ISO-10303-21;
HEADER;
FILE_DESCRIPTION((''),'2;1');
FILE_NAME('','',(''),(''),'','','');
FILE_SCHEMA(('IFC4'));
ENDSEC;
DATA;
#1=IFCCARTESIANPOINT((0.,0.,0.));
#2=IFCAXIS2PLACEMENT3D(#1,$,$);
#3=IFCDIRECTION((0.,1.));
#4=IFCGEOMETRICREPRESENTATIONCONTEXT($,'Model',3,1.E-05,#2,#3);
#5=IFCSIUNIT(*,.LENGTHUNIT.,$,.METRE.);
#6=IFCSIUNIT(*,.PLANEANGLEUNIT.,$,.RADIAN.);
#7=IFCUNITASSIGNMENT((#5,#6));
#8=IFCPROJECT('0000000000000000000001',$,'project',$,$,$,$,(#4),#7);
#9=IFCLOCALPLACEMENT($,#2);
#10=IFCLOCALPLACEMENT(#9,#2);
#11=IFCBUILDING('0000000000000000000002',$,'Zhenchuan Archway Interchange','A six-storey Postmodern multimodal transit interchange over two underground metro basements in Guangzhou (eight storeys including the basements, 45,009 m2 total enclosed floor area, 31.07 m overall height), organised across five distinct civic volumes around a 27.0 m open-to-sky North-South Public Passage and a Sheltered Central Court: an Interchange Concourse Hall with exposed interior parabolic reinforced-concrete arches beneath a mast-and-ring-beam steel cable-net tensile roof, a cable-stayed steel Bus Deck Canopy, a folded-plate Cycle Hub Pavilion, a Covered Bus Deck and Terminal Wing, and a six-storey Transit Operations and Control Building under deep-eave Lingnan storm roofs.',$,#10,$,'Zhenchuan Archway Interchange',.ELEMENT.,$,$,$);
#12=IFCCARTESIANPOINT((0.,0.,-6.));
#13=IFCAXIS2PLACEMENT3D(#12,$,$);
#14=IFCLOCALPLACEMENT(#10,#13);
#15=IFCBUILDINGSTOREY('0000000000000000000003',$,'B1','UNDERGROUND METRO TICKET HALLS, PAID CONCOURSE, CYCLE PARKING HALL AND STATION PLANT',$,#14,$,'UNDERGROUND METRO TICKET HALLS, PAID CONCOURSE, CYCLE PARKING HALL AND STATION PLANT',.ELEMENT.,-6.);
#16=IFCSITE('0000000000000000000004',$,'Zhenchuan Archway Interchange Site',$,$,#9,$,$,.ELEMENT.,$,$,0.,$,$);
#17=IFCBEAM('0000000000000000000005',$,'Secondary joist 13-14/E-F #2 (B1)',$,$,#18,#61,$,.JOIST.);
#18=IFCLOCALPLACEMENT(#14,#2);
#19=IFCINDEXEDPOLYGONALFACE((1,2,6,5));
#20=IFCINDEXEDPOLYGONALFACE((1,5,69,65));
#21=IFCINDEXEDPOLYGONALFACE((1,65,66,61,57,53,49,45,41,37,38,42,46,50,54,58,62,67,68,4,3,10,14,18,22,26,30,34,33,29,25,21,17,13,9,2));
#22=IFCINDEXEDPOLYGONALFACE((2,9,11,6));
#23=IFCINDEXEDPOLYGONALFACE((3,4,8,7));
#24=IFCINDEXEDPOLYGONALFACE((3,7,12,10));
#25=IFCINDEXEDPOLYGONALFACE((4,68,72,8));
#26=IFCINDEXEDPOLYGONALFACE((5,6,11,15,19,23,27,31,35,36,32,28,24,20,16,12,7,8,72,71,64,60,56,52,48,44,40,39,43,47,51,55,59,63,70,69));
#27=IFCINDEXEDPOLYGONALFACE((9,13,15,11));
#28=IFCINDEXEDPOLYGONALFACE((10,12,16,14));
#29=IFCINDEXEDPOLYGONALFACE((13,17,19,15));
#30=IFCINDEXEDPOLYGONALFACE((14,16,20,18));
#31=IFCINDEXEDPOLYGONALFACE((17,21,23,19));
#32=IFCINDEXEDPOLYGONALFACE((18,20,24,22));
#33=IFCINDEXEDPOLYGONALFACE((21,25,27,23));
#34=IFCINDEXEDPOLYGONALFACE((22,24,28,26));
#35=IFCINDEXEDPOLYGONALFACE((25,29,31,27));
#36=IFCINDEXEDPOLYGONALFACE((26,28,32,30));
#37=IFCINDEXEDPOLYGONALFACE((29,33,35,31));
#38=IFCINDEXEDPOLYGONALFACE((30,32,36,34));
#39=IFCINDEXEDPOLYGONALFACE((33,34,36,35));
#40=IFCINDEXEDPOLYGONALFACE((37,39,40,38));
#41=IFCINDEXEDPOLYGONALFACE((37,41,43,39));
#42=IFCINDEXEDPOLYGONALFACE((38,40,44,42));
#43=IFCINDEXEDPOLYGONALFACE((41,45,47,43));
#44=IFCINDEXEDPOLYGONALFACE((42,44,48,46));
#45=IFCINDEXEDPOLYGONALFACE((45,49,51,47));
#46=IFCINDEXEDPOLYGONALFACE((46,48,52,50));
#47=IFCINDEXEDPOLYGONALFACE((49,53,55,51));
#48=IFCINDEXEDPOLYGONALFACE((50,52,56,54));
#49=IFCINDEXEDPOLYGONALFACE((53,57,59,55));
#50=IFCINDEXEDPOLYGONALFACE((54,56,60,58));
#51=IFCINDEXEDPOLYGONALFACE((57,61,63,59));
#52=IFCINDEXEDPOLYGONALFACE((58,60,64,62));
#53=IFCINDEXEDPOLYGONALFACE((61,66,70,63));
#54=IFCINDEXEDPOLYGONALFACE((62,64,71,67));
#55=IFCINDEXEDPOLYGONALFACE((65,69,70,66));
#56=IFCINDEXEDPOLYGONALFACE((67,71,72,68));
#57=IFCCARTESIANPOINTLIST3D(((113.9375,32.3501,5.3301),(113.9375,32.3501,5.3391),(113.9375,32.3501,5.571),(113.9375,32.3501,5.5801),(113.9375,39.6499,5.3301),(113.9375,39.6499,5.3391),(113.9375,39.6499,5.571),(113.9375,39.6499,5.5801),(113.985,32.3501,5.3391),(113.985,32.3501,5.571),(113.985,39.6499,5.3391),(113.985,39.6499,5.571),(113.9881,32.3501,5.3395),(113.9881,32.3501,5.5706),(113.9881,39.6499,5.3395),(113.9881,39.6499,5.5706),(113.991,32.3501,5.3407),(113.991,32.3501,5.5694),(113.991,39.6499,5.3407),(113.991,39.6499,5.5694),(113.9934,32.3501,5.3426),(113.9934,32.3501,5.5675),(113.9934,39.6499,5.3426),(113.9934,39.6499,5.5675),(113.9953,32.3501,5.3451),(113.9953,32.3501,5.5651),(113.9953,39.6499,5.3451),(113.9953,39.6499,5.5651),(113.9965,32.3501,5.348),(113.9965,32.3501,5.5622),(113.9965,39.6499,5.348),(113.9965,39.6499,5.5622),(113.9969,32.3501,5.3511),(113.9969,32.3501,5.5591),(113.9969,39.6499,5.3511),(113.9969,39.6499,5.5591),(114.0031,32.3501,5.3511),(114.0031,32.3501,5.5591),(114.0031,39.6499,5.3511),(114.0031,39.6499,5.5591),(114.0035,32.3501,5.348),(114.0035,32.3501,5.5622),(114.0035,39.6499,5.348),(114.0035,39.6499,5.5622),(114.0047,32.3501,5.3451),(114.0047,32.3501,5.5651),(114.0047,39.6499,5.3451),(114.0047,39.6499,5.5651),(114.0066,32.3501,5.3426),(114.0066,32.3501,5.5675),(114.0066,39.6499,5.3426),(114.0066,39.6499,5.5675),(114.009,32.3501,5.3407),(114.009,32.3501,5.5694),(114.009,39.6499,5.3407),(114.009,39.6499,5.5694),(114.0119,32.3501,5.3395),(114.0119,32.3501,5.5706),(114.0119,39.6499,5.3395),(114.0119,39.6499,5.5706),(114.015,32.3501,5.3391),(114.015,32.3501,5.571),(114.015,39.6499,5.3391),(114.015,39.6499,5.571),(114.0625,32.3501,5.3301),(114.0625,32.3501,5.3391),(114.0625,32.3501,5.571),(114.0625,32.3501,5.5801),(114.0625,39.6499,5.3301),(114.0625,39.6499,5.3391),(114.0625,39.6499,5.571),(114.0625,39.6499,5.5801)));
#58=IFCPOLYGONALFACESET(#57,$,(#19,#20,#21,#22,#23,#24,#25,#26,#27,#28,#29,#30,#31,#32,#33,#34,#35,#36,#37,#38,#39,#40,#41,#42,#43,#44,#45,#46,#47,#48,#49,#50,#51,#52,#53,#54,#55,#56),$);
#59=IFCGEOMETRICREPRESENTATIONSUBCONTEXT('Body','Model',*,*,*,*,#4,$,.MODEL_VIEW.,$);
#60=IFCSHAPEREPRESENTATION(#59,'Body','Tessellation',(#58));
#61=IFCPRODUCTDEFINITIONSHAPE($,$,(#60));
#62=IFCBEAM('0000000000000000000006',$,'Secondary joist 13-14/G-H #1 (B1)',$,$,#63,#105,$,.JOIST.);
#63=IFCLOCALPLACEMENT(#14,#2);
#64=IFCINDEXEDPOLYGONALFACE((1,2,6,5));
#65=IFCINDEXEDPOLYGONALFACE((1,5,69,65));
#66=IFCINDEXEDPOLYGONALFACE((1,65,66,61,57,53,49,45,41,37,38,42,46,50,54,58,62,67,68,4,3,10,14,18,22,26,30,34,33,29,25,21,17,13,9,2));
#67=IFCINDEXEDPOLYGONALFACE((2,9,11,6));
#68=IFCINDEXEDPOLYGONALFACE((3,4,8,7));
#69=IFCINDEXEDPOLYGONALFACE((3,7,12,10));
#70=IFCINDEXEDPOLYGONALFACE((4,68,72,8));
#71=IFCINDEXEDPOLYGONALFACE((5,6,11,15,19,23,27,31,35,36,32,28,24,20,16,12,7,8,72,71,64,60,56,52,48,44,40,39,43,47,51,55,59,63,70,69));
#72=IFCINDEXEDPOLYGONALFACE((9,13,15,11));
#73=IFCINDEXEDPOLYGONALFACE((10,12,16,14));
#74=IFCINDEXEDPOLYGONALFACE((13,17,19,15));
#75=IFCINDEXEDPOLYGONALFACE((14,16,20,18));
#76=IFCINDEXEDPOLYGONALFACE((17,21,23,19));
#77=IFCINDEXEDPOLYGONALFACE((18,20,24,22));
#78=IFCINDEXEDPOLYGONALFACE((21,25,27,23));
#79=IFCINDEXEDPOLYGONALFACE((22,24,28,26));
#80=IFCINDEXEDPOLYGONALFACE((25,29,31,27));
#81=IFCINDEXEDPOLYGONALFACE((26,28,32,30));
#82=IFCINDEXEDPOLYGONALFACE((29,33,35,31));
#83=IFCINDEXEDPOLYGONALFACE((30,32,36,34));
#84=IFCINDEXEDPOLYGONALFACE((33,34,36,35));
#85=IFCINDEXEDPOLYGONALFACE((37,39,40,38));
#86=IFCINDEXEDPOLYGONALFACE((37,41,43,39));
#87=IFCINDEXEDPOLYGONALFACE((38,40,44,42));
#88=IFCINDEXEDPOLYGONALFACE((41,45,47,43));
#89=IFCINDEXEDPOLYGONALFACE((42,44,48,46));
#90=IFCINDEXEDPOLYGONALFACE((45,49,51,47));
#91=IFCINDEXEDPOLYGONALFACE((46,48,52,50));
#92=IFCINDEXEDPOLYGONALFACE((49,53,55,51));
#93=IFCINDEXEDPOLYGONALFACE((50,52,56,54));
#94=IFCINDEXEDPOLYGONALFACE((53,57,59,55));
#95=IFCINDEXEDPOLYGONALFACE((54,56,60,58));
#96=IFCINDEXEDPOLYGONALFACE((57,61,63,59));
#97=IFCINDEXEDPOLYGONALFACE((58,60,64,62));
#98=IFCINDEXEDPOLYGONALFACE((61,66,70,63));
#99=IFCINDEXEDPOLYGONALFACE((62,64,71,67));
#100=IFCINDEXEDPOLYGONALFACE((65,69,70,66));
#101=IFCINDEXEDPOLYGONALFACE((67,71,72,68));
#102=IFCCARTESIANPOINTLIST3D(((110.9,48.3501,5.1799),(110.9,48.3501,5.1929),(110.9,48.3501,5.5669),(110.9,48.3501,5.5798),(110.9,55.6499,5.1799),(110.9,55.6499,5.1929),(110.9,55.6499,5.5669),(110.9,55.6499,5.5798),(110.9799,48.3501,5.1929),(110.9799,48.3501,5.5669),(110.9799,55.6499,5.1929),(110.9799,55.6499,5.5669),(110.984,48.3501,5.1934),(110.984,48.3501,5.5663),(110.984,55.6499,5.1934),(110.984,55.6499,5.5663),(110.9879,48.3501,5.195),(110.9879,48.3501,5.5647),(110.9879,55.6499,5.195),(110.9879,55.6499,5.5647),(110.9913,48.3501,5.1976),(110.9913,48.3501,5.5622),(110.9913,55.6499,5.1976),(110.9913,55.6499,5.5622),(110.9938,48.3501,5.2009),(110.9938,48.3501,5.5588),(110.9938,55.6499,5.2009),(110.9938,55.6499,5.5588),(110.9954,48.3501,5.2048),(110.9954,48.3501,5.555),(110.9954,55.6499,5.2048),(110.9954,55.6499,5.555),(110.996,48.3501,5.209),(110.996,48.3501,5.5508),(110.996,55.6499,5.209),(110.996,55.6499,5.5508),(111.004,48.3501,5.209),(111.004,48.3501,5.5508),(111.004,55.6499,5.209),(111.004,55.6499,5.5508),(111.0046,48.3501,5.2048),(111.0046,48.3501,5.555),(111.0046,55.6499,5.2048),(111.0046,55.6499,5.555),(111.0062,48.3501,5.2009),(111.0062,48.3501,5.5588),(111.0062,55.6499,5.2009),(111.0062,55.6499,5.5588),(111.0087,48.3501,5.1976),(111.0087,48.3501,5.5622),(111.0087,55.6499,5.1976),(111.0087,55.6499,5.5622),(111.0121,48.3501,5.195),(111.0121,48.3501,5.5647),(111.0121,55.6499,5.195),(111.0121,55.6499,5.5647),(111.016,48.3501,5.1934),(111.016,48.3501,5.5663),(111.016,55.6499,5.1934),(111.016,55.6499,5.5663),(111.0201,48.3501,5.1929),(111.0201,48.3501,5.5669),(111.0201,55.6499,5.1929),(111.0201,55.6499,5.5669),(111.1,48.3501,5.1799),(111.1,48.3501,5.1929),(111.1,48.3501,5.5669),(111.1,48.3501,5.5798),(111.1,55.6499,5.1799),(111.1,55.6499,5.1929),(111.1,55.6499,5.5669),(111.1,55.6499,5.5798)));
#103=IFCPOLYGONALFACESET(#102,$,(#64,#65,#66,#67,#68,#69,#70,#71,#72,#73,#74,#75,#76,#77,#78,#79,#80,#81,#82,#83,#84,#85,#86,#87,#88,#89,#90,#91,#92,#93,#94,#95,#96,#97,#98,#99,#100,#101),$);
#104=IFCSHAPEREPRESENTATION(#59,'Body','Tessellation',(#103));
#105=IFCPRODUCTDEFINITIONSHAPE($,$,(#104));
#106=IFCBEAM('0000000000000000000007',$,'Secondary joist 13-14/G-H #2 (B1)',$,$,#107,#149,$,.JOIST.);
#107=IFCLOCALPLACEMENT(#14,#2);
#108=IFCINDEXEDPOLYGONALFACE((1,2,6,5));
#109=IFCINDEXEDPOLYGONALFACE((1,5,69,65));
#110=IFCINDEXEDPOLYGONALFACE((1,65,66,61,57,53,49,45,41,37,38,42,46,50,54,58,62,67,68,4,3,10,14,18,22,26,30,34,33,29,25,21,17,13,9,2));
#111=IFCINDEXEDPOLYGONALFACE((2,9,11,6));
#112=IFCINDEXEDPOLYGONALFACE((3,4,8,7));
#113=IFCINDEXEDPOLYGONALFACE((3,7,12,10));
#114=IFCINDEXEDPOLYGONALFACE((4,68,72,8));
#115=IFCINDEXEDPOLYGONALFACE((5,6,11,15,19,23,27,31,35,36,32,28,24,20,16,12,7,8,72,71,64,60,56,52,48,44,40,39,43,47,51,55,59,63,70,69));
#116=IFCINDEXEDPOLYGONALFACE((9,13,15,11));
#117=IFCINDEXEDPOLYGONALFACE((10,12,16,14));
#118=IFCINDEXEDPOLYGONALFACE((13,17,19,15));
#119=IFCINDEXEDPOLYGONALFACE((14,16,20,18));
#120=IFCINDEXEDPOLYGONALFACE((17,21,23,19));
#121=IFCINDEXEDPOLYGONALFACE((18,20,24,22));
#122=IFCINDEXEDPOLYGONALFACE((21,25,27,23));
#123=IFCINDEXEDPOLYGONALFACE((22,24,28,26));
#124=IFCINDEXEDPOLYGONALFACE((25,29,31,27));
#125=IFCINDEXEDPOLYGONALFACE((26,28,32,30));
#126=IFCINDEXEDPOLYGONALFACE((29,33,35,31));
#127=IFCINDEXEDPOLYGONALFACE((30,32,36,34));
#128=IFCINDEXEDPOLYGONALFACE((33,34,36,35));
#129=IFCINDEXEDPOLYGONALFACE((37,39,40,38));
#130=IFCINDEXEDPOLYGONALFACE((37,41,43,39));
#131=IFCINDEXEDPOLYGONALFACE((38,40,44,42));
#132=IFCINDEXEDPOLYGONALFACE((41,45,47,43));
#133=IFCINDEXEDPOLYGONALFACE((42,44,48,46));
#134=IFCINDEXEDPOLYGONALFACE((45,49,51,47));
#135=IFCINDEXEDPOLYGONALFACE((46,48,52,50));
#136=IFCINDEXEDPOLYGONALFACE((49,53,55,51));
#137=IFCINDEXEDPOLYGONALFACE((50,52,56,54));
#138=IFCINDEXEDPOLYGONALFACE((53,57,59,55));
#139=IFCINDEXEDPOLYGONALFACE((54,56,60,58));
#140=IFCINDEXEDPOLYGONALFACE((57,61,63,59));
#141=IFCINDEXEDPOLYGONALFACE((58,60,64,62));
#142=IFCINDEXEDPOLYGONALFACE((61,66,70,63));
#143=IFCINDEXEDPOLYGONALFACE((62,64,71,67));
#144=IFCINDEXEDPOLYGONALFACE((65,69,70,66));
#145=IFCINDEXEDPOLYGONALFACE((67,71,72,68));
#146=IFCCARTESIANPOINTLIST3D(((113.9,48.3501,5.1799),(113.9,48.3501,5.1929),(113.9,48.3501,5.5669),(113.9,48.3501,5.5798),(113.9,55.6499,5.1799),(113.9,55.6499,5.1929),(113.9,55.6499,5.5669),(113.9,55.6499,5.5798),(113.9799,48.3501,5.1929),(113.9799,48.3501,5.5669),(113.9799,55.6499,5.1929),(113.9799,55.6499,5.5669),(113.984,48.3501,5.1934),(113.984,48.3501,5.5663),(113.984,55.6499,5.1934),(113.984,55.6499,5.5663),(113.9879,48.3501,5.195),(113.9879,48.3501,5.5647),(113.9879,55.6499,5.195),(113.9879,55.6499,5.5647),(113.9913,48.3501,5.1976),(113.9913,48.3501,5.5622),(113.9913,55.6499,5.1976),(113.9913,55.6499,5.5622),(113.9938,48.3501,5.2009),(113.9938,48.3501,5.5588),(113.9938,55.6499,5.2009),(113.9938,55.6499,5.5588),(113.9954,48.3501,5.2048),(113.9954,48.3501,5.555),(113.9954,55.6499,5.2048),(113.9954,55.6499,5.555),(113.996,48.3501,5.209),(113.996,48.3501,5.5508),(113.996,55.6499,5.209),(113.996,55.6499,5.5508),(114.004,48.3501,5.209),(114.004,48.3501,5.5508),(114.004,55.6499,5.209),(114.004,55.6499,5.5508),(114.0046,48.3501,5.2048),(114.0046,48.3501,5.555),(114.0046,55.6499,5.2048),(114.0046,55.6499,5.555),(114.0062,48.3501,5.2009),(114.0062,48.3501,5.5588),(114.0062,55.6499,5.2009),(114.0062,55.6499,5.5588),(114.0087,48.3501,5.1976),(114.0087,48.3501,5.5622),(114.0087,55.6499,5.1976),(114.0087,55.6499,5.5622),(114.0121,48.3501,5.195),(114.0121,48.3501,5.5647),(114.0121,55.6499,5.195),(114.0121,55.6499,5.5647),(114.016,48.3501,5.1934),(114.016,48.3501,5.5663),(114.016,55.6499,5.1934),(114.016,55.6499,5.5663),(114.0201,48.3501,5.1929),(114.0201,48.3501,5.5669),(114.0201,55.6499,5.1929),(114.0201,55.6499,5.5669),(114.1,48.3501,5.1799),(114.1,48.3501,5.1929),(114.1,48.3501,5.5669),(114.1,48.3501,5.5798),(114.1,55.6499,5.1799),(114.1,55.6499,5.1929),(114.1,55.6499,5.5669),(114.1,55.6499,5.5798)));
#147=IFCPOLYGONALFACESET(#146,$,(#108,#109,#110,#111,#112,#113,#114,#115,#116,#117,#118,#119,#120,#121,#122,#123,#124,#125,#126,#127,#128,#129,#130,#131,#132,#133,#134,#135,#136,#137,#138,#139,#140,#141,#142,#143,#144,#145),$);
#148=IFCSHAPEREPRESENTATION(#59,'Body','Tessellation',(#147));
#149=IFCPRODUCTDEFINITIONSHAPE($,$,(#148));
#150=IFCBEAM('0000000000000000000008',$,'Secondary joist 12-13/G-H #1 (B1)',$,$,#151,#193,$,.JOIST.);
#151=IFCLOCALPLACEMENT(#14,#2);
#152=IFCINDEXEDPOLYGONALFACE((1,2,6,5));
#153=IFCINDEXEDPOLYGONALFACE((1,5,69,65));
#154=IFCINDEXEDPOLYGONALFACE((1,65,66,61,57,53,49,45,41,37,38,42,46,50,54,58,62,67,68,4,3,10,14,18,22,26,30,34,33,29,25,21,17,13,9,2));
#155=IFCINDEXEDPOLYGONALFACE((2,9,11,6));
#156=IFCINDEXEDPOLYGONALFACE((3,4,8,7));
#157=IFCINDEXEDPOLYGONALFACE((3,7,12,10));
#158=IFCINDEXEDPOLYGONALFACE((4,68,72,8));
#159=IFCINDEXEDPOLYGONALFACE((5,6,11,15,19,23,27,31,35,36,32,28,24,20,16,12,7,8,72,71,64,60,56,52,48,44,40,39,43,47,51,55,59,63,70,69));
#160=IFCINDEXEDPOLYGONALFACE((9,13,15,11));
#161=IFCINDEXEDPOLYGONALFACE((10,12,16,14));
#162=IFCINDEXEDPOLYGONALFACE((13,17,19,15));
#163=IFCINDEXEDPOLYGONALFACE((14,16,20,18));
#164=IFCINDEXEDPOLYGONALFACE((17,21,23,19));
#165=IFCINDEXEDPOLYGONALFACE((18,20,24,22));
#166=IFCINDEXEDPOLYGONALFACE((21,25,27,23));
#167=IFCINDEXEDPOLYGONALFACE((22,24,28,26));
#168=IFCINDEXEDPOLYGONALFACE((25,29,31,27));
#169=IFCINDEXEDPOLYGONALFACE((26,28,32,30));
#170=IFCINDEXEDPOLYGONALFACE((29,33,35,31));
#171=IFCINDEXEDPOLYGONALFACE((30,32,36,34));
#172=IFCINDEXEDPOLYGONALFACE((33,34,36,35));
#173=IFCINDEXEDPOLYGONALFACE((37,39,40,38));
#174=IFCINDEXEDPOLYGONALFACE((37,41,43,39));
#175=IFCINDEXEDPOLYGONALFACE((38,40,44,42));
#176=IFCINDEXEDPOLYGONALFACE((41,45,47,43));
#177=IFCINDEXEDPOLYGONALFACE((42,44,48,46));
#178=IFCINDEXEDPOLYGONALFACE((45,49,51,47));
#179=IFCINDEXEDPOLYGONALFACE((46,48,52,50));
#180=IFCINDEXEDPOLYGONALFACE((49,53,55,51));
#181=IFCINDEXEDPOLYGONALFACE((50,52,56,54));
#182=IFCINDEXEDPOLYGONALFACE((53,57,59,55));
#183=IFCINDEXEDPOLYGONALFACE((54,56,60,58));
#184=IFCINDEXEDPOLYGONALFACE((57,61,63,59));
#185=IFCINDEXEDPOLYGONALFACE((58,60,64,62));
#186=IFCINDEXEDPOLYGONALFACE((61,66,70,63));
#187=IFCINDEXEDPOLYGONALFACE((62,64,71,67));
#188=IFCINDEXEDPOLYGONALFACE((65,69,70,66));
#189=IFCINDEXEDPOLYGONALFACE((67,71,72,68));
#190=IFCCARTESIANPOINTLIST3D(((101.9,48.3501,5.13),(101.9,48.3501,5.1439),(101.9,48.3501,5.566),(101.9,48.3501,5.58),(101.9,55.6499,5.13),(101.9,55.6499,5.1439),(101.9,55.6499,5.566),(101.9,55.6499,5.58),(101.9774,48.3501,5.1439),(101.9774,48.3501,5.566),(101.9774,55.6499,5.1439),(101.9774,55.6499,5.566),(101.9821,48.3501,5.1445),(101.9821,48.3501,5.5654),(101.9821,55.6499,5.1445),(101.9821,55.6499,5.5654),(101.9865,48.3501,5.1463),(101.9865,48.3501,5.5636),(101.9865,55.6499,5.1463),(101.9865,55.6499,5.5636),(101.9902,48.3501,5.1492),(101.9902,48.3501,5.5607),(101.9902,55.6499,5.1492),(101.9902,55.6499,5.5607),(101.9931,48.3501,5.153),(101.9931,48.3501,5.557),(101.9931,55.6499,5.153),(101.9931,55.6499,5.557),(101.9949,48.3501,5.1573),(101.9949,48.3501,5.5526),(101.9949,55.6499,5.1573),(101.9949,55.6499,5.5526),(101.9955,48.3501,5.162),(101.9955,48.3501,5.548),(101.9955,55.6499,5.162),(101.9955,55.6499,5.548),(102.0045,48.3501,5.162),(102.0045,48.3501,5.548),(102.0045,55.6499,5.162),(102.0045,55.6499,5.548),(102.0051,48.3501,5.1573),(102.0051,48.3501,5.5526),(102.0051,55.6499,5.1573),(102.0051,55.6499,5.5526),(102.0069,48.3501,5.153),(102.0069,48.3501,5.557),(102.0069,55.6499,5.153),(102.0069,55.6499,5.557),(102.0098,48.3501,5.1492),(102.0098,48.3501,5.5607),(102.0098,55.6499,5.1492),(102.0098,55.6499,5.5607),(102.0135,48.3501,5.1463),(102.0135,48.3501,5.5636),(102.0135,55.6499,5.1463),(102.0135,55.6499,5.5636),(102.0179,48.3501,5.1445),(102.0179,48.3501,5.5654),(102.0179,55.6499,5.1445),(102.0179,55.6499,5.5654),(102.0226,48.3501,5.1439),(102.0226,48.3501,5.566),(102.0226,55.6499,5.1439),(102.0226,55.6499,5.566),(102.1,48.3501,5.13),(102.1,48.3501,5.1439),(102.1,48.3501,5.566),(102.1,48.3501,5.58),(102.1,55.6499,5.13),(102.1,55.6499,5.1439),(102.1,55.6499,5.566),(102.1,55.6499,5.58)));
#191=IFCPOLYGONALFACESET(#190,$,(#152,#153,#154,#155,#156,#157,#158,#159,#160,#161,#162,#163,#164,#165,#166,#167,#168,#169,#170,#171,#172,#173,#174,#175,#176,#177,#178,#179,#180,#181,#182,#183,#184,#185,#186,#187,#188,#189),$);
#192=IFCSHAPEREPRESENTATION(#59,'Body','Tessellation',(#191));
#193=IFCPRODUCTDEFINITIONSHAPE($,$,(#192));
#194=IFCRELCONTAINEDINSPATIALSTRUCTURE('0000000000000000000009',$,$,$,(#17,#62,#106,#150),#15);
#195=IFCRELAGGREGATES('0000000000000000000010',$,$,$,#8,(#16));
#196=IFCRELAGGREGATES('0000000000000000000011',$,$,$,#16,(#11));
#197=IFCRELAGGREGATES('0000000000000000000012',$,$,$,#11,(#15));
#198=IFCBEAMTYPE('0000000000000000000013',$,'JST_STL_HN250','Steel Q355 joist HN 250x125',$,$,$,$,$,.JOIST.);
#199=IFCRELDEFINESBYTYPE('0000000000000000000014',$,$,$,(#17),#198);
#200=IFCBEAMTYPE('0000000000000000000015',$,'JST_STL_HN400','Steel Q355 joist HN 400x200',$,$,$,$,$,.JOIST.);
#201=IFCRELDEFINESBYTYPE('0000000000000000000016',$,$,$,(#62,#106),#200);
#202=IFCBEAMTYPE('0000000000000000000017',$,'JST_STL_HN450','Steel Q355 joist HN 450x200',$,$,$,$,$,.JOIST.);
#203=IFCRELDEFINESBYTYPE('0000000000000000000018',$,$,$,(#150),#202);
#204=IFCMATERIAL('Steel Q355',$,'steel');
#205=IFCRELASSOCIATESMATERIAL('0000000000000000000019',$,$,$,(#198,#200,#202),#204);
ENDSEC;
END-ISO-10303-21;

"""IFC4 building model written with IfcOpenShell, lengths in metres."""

from ifc_helpers import new_model, si_unit, direction, frame, origin, origin_2d, place, context, subcontext, project, spatial, i_section, extrude, material, material_profile, profile_set, type_object, element, save


model = new_model("IFC4")

# Units and contexts
model_context = context("Model", 3, precision=1e-05, world=origin(), true_north=direction((0.0, 1.0)))
body_context = subcontext(model_context, "Body", "Model", "MODEL_VIEW")
ifc_project = project(units=[si_unit("LENGTHUNIT", "METRE"), si_unit("PLANEANGLEUNIT", "RADIAN")], contexts=[model_context])

# Site, building, storey
site_placement = place(None, origin())
site = spatial("IfcSite", under=ifc_project, at=site_placement, Name="Zhenchuan Archway Interchange Site", CompositionType="ELEMENT", RefElevation=0.0)
building_placement = place(site_placement, origin())
building = spatial("IfcBuilding", under=site, at=building_placement, Name="Zhenchuan Archway Interchange", Description="A six-storey Postmodern multimodal transit interchange over two underground metro basements in Guangzhou (eight storeys including the basements, 45,009 m2 total enclosed floor area, 31.07 m overall height), organised across five distinct civic volumes around a 27.0 m open-to-sky North-South Public Passage and a Sheltered Central Court: an Interchange Concourse Hall with exposed interior parabolic reinforced-concrete arches beneath a mast-and-ring-beam steel cable-net tensile roof, a cable-stayed steel Bus Deck Canopy, a folded-plate Cycle Hub Pavilion, a Covered Bus Deck and Terminal Wing, and a six-storey Transit Operations and Control Building under deep-eave Lingnan storm roofs.", LongName="Zhenchuan Archway Interchange", CompositionType="ELEMENT")
storey_placement = place(building_placement, frame((0.0, 0.0, -6.0)))
storey = spatial("IfcBuildingStorey", under=building, at=storey_placement, Name="B1", Description="UNDERGROUND METRO TICKET HALLS, PAID CONCOURSE, CYCLE PARKING HALL AND STATION PLANT", LongName="UNDERGROUND METRO TICKET HALLS, PAID CONCOURSE, CYCLE PARKING HALL AND STATION PLANT", CompositionType="ELEMENT", Elevation=-6.0)

# Beams
ifc_material_1 = material(Name="Steel Q355", Category="steel")
ifc_material_profile_1 = material_profile(ifc_material_1, i_section(OverallWidth=0.125, OverallDepth=0.25, WebThickness=0.0061, FlangeThickness=0.009, FilletRadius=0.012, at=origin_2d()), Name="HN 250x125")
ifc_profile_set_1 = profile_set([ifc_material_profile_1], Name="Steel Q355")
beam_type_1 = type_object("IfcBeamType", Name="JST_STL_HN250", Description="Steel Q355 joist HN 250x125", PredefinedType="JOIST", material=ifc_profile_set_1)
for number, where, z_axis, x_axis, name in (
    (1, (114.0, 32.3501, 5.4551), (0.0, 1.0, 0.0), (-1.0, 0.0, 0.0), "Secondary joist 13-14/E-F #2 (B1)"),
):
    element("IfcBeam", number, at=place(storey_placement, frame(where, z_axis=z_axis, x_axis=x_axis)), inside=storey, type_object=beam_type_1, Name=name, PredefinedType="JOIST", context=body_context, shape_type="SweptSolid", body=[
        extrude(i_section(OverallWidth=0.125, OverallDepth=0.25, WebThickness=0.0061, FlangeThickness=0.009, FilletRadius=0.012, at=origin_2d()), origin(), (0.0, 0.0, 1.0), 7.2998),
    ])
ifc_material_profile_2 = material_profile(ifc_material_1, i_section(OverallWidth=0.2, OverallDepth=0.3999, WebThickness=0.0081, FlangeThickness=0.0129, FilletRadius=0.0161, at=origin_2d()), Name="HN 400x200")
ifc_profile_set_2 = profile_set([ifc_material_profile_2], Name="Steel Q355")
beam_type_2 = type_object("IfcBeamType", Name="JST_STL_HN400", Description="Steel Q355 joist HN 400x200", PredefinedType="JOIST", material=ifc_profile_set_2)
for number, where, z_axis, x_axis, name in (
    (2, (111.0, 48.3501, 5.3799), (0.0, 1.0, 0.0), (-1.0, 0.0, 0.0), "Secondary joist 13-14/G-H #1 (B1)"),
    (3, (114.0, 48.3501, 5.3799), (0.0, 1.0, 0.0), (-1.0, 0.0, 0.0), "Secondary joist 13-14/G-H #2 (B1)"),
):
    element("IfcBeam", number, at=place(storey_placement, frame(where, z_axis=z_axis, x_axis=x_axis)), inside=storey, type_object=beam_type_2, Name=name, PredefinedType="JOIST", context=body_context, shape_type="SweptSolid", body=[
        extrude(i_section(OverallWidth=0.2, OverallDepth=0.3999, WebThickness=0.0081, FlangeThickness=0.0129, FilletRadius=0.0161, at=origin_2d()), origin(), (0.0, 0.0, 1.0), 7.2998),
    ])
ifc_material_profile_3 = material_profile(ifc_material_1, i_section(OverallWidth=0.2, OverallDepth=0.45, WebThickness=0.009, FlangeThickness=0.0139, FilletRadius=0.0181, at=origin_2d()), Name="HN 450x200")
ifc_profile_set_3 = profile_set([ifc_material_profile_3], Name="Steel Q355")
beam_type_3 = type_object("IfcBeamType", Name="JST_STL_HN450", Description="Steel Q355 joist HN 450x200", PredefinedType="JOIST", material=ifc_profile_set_3)
for number, where, z_axis, x_axis, name in (
    (4, (102.0, 48.3501, 5.355), (0.0, 1.0, 0.0), (-1.0, 0.0, 0.0), "Secondary joist 12-13/G-H #1 (B1)"),
):
    element("IfcBeam", number, at=place(storey_placement, frame(where, z_axis=z_axis, x_axis=x_axis)), inside=storey, type_object=beam_type_3, Name=name, PredefinedType="JOIST", context=body_context, shape_type="SweptSolid", body=[
        extrude(i_section(OverallWidth=0.2, OverallDepth=0.45, WebThickness=0.009, FlangeThickness=0.0139, FilletRadius=0.0181, at=origin_2d()), origin(), (0.0, 0.0, 1.0), 7.2998),
    ])

save(model, "model.ifc")
